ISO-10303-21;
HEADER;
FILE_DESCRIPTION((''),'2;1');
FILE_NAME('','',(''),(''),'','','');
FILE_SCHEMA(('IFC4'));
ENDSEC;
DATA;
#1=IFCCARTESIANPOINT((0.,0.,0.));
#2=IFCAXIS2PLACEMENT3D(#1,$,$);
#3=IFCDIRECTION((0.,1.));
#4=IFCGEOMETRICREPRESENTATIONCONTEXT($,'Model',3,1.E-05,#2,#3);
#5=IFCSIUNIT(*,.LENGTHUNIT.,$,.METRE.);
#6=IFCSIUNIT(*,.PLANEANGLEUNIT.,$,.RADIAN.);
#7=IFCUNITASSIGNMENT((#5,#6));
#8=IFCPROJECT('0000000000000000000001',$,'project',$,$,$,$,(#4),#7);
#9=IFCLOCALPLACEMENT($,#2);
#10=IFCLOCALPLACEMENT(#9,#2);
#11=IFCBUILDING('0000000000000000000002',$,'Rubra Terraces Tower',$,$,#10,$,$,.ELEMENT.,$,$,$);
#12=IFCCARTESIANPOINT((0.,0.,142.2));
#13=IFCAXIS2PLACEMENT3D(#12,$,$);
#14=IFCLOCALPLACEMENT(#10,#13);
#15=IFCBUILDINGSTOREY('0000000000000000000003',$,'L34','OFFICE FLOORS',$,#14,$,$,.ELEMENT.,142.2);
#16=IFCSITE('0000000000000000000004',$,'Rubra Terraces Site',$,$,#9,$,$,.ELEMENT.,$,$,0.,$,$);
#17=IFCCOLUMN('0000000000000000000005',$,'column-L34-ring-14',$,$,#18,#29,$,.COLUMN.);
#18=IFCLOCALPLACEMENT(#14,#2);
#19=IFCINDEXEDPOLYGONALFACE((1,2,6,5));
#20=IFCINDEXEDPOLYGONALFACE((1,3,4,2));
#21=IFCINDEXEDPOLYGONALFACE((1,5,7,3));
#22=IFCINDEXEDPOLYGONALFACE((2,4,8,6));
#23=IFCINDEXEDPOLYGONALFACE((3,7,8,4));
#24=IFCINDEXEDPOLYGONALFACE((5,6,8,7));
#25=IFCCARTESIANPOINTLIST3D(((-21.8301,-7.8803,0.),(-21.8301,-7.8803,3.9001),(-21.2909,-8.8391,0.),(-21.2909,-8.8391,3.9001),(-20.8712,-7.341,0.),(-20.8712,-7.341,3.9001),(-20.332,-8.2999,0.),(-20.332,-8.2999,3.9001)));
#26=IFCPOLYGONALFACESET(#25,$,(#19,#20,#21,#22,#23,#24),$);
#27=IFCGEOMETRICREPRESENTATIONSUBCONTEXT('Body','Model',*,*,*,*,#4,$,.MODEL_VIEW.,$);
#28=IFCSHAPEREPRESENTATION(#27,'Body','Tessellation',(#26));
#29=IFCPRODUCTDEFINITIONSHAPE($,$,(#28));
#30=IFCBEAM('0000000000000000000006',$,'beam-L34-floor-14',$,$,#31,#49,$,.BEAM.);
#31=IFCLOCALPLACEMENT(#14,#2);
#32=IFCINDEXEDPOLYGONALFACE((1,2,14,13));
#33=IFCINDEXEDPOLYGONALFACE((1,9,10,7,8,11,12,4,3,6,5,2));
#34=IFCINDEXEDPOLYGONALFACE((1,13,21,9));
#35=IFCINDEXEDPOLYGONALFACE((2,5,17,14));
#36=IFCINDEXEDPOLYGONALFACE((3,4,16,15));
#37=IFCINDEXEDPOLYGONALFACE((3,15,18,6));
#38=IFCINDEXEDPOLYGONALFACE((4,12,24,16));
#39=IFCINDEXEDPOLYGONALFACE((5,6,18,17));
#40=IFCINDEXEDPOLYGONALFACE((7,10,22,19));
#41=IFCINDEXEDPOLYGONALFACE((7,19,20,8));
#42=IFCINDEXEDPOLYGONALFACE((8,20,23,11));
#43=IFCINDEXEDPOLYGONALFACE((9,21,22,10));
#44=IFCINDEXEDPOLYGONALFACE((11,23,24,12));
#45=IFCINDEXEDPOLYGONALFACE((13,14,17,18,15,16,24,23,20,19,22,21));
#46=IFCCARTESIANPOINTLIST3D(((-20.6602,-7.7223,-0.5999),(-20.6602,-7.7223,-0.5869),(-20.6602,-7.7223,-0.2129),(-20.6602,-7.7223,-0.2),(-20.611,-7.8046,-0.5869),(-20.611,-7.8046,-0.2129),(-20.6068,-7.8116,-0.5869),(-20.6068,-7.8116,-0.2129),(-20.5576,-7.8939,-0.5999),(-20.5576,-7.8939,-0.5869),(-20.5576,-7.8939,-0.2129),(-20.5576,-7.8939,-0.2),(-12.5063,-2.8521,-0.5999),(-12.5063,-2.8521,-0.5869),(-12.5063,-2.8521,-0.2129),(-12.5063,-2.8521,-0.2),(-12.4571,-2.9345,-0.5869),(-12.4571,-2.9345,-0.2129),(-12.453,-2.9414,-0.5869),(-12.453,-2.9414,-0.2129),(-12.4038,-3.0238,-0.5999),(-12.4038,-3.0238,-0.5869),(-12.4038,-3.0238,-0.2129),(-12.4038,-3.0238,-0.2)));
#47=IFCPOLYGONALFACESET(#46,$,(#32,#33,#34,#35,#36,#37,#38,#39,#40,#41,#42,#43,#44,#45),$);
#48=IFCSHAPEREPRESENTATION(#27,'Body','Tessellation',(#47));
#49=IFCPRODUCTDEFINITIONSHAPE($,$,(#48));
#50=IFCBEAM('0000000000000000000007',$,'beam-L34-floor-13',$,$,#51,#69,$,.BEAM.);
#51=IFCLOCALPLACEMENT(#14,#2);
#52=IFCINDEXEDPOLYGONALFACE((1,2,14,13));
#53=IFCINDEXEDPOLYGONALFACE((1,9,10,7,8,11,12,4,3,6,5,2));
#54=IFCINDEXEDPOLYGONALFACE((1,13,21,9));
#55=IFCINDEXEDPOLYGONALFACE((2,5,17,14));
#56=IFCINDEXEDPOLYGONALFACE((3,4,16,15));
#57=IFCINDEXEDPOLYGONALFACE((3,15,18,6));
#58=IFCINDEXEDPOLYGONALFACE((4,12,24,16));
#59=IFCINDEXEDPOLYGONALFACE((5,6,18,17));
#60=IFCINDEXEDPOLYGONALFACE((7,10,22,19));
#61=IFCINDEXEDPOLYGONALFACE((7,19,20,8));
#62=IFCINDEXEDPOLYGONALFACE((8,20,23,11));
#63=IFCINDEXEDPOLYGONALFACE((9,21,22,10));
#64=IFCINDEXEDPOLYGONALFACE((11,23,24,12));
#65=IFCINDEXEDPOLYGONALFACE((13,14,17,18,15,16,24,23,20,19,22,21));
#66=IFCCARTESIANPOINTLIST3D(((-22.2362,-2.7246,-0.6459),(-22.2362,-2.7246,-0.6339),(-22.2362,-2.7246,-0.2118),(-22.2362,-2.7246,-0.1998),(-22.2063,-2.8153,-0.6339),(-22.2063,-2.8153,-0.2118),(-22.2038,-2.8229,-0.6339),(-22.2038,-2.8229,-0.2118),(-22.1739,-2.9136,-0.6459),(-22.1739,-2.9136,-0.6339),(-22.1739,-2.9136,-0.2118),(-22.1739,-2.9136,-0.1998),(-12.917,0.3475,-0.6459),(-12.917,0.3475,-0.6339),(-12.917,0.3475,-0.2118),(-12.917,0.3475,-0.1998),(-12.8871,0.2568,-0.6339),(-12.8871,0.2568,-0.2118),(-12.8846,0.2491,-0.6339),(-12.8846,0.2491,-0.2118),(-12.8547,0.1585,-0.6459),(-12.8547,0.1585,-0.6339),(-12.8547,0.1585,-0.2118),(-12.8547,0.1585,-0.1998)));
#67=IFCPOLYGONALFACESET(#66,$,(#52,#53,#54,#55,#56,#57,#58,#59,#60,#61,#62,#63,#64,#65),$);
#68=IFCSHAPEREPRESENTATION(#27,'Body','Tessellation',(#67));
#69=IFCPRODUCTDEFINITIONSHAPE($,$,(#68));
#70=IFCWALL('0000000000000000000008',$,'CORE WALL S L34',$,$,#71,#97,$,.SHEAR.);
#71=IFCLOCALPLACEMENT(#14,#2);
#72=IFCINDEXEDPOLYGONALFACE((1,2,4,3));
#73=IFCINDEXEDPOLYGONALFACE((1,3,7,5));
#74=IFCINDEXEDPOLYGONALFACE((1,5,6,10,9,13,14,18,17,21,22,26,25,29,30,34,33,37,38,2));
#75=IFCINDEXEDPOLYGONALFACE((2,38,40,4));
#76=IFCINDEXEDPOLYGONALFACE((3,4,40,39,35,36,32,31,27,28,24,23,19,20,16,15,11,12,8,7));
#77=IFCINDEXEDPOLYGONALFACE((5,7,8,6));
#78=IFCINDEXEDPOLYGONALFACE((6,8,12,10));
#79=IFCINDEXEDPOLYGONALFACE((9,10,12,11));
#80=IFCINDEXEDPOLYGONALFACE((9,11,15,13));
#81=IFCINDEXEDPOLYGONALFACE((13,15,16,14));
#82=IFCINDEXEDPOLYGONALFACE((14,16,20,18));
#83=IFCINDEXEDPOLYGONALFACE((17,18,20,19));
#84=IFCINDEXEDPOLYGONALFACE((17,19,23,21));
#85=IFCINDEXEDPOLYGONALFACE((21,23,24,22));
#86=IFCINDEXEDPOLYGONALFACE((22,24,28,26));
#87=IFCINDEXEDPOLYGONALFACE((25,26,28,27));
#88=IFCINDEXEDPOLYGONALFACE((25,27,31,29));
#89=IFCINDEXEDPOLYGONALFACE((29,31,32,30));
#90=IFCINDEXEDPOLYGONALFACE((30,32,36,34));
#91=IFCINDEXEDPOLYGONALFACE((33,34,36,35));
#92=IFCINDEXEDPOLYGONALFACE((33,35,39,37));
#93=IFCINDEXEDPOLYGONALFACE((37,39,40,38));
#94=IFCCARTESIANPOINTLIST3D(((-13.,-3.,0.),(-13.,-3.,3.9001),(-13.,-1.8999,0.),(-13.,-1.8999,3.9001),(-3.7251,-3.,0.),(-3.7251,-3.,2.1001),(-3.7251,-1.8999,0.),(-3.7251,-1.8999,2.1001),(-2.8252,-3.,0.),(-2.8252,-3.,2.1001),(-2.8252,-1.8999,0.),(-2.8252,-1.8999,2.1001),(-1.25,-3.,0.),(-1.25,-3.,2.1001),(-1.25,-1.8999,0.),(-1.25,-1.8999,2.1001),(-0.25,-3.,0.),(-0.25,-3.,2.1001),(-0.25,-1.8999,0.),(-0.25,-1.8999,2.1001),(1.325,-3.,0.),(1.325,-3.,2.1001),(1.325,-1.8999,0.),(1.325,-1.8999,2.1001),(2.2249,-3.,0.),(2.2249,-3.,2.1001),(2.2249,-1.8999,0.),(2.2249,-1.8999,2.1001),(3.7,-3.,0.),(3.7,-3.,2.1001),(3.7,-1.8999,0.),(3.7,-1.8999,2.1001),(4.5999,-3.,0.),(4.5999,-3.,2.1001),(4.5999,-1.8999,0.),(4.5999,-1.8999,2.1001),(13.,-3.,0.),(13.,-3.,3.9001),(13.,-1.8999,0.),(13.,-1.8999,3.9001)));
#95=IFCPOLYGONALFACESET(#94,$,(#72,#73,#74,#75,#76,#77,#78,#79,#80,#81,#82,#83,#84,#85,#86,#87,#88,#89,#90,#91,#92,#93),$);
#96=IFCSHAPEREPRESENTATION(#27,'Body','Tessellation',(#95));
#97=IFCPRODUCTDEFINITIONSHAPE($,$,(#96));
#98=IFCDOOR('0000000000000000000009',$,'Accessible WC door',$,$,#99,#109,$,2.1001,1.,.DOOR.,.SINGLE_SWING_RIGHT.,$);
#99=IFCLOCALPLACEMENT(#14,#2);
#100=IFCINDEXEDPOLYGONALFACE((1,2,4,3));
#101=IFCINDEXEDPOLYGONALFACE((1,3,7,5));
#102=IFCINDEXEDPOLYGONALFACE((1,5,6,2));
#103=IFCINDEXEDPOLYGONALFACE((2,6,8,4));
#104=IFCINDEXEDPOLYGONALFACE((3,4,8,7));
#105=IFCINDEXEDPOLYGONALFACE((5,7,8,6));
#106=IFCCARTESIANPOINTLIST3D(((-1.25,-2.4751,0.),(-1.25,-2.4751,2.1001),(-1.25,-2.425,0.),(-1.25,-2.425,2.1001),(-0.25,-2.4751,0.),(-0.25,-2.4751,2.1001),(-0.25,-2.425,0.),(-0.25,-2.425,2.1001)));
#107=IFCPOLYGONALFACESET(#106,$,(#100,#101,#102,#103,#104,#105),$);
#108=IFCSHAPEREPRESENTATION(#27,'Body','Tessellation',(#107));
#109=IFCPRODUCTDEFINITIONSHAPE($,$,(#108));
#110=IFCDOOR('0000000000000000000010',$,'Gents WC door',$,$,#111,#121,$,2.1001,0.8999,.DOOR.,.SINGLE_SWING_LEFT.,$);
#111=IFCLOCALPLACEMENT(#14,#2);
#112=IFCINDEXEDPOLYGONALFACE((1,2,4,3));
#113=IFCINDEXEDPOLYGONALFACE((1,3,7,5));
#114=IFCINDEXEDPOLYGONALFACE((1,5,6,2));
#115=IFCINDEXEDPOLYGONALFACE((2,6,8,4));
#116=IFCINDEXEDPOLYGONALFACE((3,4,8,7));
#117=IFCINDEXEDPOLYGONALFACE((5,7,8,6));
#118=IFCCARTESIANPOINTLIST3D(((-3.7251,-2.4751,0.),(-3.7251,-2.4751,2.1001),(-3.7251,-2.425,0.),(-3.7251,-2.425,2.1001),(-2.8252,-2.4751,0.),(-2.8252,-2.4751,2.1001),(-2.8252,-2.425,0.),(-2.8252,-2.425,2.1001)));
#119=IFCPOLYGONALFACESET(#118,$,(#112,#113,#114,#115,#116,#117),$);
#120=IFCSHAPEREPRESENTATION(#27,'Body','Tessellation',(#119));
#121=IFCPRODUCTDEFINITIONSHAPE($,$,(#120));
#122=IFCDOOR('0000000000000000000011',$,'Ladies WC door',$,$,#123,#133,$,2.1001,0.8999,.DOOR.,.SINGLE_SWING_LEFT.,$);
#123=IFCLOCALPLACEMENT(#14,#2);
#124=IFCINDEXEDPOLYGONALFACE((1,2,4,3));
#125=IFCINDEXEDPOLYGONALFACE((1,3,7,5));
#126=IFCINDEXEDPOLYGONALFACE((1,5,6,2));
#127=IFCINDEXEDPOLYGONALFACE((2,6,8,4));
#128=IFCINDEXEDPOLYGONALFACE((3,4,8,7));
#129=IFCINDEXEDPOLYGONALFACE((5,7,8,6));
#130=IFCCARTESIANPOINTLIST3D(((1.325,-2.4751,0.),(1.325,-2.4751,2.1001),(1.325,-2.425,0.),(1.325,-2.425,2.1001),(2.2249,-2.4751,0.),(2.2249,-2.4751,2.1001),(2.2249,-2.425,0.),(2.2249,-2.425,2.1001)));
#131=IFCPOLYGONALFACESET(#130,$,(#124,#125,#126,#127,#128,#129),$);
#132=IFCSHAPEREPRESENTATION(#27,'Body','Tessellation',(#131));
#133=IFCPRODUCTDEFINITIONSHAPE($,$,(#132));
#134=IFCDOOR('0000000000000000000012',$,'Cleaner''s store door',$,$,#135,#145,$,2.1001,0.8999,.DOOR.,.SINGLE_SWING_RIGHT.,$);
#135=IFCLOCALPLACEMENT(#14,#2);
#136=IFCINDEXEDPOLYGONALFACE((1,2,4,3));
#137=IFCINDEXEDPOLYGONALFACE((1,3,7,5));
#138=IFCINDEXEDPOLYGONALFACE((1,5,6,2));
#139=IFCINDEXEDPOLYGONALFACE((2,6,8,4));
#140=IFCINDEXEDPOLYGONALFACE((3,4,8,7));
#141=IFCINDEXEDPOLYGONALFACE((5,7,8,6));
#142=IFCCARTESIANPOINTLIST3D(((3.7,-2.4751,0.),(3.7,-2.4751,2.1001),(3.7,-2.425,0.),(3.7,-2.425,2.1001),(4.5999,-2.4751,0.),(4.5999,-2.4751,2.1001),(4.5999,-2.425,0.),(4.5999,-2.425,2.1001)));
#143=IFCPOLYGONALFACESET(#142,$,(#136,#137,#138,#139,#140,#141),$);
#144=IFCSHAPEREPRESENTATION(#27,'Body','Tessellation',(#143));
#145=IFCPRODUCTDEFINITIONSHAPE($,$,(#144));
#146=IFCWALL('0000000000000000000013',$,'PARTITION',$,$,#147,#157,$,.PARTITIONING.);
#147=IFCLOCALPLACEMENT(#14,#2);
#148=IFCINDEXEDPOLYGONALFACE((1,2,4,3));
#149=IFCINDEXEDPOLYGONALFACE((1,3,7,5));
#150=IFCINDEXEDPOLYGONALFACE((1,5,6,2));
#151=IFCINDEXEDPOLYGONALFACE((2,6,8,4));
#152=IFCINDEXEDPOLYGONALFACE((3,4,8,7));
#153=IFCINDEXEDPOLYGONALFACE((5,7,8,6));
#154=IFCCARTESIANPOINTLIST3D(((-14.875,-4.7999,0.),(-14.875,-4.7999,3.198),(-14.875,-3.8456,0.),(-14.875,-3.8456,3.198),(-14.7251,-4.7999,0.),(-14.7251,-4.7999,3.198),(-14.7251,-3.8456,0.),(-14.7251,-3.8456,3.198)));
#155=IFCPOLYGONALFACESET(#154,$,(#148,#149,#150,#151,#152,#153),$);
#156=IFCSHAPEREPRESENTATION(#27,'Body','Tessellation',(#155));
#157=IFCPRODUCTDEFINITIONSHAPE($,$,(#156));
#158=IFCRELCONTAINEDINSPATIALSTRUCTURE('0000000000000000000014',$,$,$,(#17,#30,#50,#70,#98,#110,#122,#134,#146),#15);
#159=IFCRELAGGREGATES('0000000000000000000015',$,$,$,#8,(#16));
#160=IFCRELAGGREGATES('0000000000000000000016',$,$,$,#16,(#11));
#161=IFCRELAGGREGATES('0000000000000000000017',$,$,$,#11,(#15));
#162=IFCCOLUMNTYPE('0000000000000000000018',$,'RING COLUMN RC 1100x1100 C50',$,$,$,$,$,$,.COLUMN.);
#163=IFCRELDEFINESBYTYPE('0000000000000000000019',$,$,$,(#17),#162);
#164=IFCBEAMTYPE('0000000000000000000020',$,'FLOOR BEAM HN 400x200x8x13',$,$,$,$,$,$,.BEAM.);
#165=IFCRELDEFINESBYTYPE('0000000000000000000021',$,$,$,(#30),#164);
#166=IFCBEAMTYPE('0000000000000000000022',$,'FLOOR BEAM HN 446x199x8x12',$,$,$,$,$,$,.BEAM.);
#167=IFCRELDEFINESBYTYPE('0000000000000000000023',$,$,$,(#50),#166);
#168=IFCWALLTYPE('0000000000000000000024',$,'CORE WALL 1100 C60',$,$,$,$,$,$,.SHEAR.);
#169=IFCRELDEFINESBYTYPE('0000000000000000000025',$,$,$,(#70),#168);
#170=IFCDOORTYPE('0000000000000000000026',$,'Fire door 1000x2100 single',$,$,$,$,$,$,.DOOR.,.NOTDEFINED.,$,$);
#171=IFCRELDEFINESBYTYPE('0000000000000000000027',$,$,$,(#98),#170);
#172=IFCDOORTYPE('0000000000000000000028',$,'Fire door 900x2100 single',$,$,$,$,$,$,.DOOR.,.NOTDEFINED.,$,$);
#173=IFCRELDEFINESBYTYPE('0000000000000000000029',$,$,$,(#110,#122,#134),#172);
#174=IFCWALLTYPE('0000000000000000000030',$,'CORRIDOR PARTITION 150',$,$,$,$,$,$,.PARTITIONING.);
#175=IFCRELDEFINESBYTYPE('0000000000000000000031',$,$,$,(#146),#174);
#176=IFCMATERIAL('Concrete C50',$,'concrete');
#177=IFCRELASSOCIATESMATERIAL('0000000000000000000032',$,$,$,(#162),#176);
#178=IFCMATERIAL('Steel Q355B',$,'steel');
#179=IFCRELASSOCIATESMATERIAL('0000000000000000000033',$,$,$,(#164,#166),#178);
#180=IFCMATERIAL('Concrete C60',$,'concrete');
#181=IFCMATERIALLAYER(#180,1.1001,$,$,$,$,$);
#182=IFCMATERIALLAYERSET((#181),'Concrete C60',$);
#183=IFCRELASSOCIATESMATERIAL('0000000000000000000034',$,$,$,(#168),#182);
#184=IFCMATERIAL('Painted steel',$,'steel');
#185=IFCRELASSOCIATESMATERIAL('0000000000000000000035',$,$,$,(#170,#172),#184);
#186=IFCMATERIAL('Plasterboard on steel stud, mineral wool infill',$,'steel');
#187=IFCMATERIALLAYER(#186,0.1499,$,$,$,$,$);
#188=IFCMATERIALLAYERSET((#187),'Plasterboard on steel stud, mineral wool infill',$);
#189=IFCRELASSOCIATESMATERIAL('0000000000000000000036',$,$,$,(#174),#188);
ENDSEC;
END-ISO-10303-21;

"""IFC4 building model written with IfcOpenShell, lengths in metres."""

from ifc_helpers import new_model, si_unit, direction, frame, frame_2d, origin, origin_2d, place, context, subcontext, project, spatial, rectangle, i_section, extrude, material, layer, layer_set, material_profile, profile_set, type_object, element, fill, save


model = new_model("IFC4")

# Units and contexts
model_context = context("Model", 3, precision=1e-05, world=origin(), true_north=direction((0.0, 1.0)))
body_context = subcontext(model_context, "Body", "Model", "MODEL_VIEW")
ifc_project = project(units=[si_unit("LENGTHUNIT", "METRE"), si_unit("PLANEANGLEUNIT", "RADIAN")], contexts=[model_context])

# Site, building, storey
site_placement = place(None, origin())
site = spatial("IfcSite", under=ifc_project, at=site_placement, Name="Rubra Terraces Site", CompositionType="ELEMENT", RefElevation=0.0)
building_placement = place(site_placement, origin())
building = spatial("IfcBuilding", under=site, at=building_placement, Name="Rubra Terraces Tower", CompositionType="ELEMENT")
storey_placement = place(building_placement, frame((0.0, 0.0, 142.2)))
storey = spatial("IfcBuildingStorey", under=building, at=storey_placement, Name="L34", Description="OFFICE FLOORS", CompositionType="ELEMENT", Elevation=142.2)

# Column
ifc_material_1 = material(Name="Concrete C50", Category="concrete")
ifc_material_profile_1 = material_profile(ifc_material_1, rectangle(XDim=1.1001, YDim=1.1001, at=origin_2d()), Name="RC 1100x1100")
ifc_profile_set_1 = profile_set([ifc_material_profile_1], Name="Concrete C50")
column_type = type_object("IfcColumnType", Name="RING COLUMN RC 1100x1100 C50", PredefinedType="COLUMN", material=ifc_profile_set_1)
column_placement = place(storey_placement, frame((-21.0811, -8.0901, 0.0), z_axis=(0.0, 0.0, 1.0), x_axis=(0.490162, -0.871631, 0.0)))
element("IfcColumn", 1, at=column_placement, inside=storey, type_object=column_type, Name="column-L34-ring-14", PredefinedType="COLUMN", context=body_context, shape_type="SweptSolid", body=[
    extrude(rectangle(XDim=1.1001, YDim=1.1001, at=origin_2d()), origin(), (0.0, 0.0, 1.0), 3.9001),
])

# Beams
ifc_material_2 = material(Name="Steel Q355B", Category="steel")
ifc_material_profile_2 = material_profile(ifc_material_2, i_section(OverallWidth=0.2, OverallDepth=0.3999, WebThickness=0.0081, FlangeThickness=0.0129, at=origin_2d()), Name="HN 400x200x8x13")
ifc_profile_set_2 = profile_set([ifc_material_profile_2], Name="Steel Q355B")
beam_type_1 = type_object("IfcBeamType", Name="FLOOR BEAM HN 400x200x8x13", PredefinedType="BEAM", material=ifc_profile_set_2)
beam_1_placement = place(storey_placement, frame((-20.6089, -7.8081, -0.3999), z_axis=(0.858521, 0.512778, 0.0), x_axis=(-0.512778, 0.858521, 0.0)))
element("IfcBeam", 2, at=beam_1_placement, inside=storey, type_object=beam_type_1, Name="beam-L34-floor-14", PredefinedType="BEAM", context=body_context, shape_type="SweptSolid", body=[
    extrude(i_section(OverallWidth=0.2, OverallDepth=0.3999, WebThickness=0.0081, FlangeThickness=0.0129, at=origin_2d()), origin(), (0.0, 0.0, 1.0), 9.4976),
])
ifc_material_profile_3 = material_profile(ifc_material_2, i_section(OverallWidth=0.199, OverallDepth=0.446, WebThickness=0.0081, FlangeThickness=0.012, at=origin_2d()), Name="HN 446x199x8x12")
ifc_profile_set_3 = profile_set([ifc_material_profile_3], Name="Steel Q355B")
beam_type_2 = type_object("IfcBeamType", Name="FLOOR BEAM HN 446x199x8x12", PredefinedType="BEAM", material=ifc_profile_set_3)
beam_2_placement = place(storey_placement, frame((-22.2051, -2.8191, -0.4229), z_axis=(0.949728, 0.313076, 0.0), x_axis=(-0.313076, 0.949728, 0.0)))
element("IfcBeam", 3, at=beam_2_placement, inside=storey, type_object=beam_type_2, Name="beam-L34-floor-13", PredefinedType="BEAM", context=body_context, shape_type="SweptSolid", body=[
    extrude(i_section(OverallWidth=0.199, OverallDepth=0.446, WebThickness=0.0081, FlangeThickness=0.012, at=origin_2d()), origin(), (0.0, 0.0, 1.0), 9.8125),
])

# Wall, openings, doors
ifc_material_3 = material(Name="Concrete C60", Category="concrete")
ifc_layer_1 = layer(ifc_material_3, 1.1001)
ifc_layer_set_1 = layer_set([ifc_layer_1], Name="Concrete C60")
wall_type_1 = type_object("IfcWallType", Name="CORE WALL 1100 C60", PredefinedType="SHEAR", material=ifc_layer_set_1)
wall_1_placement = place(storey_placement, frame((-13.0, -2.45, 0.0), z_axis=(0.0, 0.0, 1.0), x_axis=(1.0, 0.0, 0.0)))
wall_1 = element("IfcWall", 4, at=wall_1_placement, inside=storey, type_object=wall_type_1, Name="CORE WALL S L34", PredefinedType="SHEAR", context=body_context, shape_type="SweptSolid", body=[
    extrude(rectangle(XDim=26.0, YDim=1.1001, at=frame_2d((13.0, 0.0))), origin(), (0.0, 0.0, 1.0), 3.9001),
])
opening_1_placement = place(wall_1_placement, frame((9.2749, 0.0, 0.0)))
opening_1 = element("IfcOpeningElement", 5, at=opening_1_placement, cuts=wall_1, PredefinedType="OPENING", context=body_context, shape_type="SweptSolid", body=[
    extrude(rectangle(XDim=0.8999, YDim=2.1001, at=frame_2d((0.45, 1.05))), frame((0.0, 0.5601, 0.0), z_axis=(0.0, -1.0, 0.0), x_axis=(1.0, 0.0, 0.0)), (0.0, 0.0, 1.0), 1.1201),
])
opening_2_placement = place(wall_1_placement, frame((11.75, 0.0, 0.0)))
opening_2 = element("IfcOpeningElement", 6, at=opening_2_placement, cuts=wall_1, PredefinedType="OPENING", context=body_context, shape_type="SweptSolid", body=[
    extrude(rectangle(XDim=1.0, YDim=2.1001, at=frame_2d((0.5, 1.05))), frame((0.0, 0.5601, 0.0), z_axis=(0.0, -1.0, 0.0), x_axis=(1.0, 0.0, 0.0)), (0.0, 0.0, 1.0), 1.1201),
])
opening_3_placement = place(wall_1_placement, frame((14.325, 0.0, 0.0)))
opening_3 = element("IfcOpeningElement", 7, at=opening_3_placement, cuts=wall_1, PredefinedType="OPENING", context=body_context, shape_type="SweptSolid", body=[
    extrude(rectangle(XDim=0.8999, YDim=2.1001, at=frame_2d((0.45, 1.05))), frame((0.0, 0.5601, 0.0), z_axis=(0.0, -1.0, 0.0), x_axis=(1.0, 0.0, 0.0)), (0.0, 0.0, 1.0), 1.1201),
])
opening_4_placement = place(wall_1_placement, frame((16.7, 0.0, 0.0)))
opening_4 = element("IfcOpeningElement", 8, at=opening_4_placement, cuts=wall_1, PredefinedType="OPENING", context=body_context, shape_type="SweptSolid", body=[
    extrude(rectangle(XDim=0.8999, YDim=2.1001, at=frame_2d((0.45, 1.05))), frame((0.0, 0.5601, 0.0), z_axis=(0.0, -1.0, 0.0), x_axis=(1.0, 0.0, 0.0)), (0.0, 0.0, 1.0), 1.1201),
])
ifc_material_4 = material(Name="Painted steel", Category="steel")
door_type_1 = type_object("IfcDoorType", Name="Fire door 1000x2100 single", OperationType="NOTDEFINED", PredefinedType="DOOR", material=ifc_material_4)
door_1_placement = place(opening_2_placement, origin())
door_1 = element("IfcDoor", 9, at=door_1_placement, inside=storey, type_object=door_type_1, Name="Accessible WC door", OperationType="SINGLE_SWING_RIGHT", OverallHeight=2.1001, OverallWidth=1.0, PredefinedType="DOOR", context=body_context, shape_type="SweptSolid", body=[
    extrude(rectangle(XDim=1.0, YDim=2.1001, at=frame_2d((0.5, 1.05))), frame((0.0, 0.0249, 0.0), z_axis=(0.0, -1.0, 0.0), x_axis=(1.0, 0.0, 0.0)), (0.0, 0.0, 1.0), 0.05),
])
fill(opening_2, door_1)
door_type_2 = type_object("IfcDoorType", Name="Fire door 900x2100 single", OperationType="NOTDEFINED", PredefinedType="DOOR", material=ifc_material_4)
door_2_placement = place(opening_1_placement, origin())
door_2 = element("IfcDoor", 10, at=door_2_placement, inside=storey, type_object=door_type_2, Name="Gents WC door", OperationType="SINGLE_SWING_LEFT", OverallHeight=2.1001, OverallWidth=0.8999, PredefinedType="DOOR", context=body_context, shape_type="SweptSolid", body=[
    extrude(rectangle(XDim=0.8999, YDim=2.1001, at=frame_2d((0.45, 1.05))), frame((0.0, 0.0249, 0.0), z_axis=(0.0, -1.0, 0.0), x_axis=(1.0, 0.0, 0.0)), (0.0, 0.0, 1.0), 0.05),
])
fill(opening_1, door_2)
door_3_placement = place(opening_3_placement, origin())
door_3 = element("IfcDoor", 11, at=door_3_placement, inside=storey, type_object=door_type_2, Name="Ladies WC door", OperationType="SINGLE_SWING_LEFT", OverallHeight=2.1001, OverallWidth=0.8999, PredefinedType="DOOR", context=body_context, shape_type="SweptSolid", body=[
    extrude(rectangle(XDim=0.8999, YDim=2.1001, at=frame_2d((0.45, 1.05))), frame((0.0, 0.0249, 0.0), z_axis=(0.0, -1.0, 0.0), x_axis=(1.0, 0.0, 0.0)), (0.0, 0.0, 1.0), 0.05),
])
fill(opening_3, door_3)
door_4_placement = place(opening_4_placement, origin())
door_4 = element("IfcDoor", 12, at=door_4_placement, inside=storey, type_object=door_type_2, Name="Cleaner's store door", OperationType="SINGLE_SWING_RIGHT", OverallHeight=2.1001, OverallWidth=0.8999, PredefinedType="DOOR", context=body_context, shape_type="SweptSolid", body=[
    extrude(rectangle(XDim=0.8999, YDim=2.1001, at=frame_2d((0.45, 1.05))), frame((0.0, 0.0249, 0.0), z_axis=(0.0, -1.0, 0.0), x_axis=(1.0, 0.0, 0.0)), (0.0, 0.0, 1.0), 0.05),
])
fill(opening_4, door_4)

# Wall
ifc_material_5 = material(Name="Plasterboard on steel stud, mineral wool infill", Category="steel")
ifc_layer_2 = layer(ifc_material_5, 0.1499)
ifc_layer_set_2 = layer_set([ifc_layer_2], Name="Plasterboard on steel stud, mineral wool infill")
wall_type_2 = type_object("IfcWallType", Name="CORRIDOR PARTITION 150", PredefinedType="PARTITIONING", material=ifc_layer_set_2)
wall_2_placement = place(storey_placement, frame((-14.8, -3.8457, 0.0), z_axis=(0.0, 0.0, 1.0), x_axis=(0.0, -1.0, 0.0)))
element("IfcWall", 13, at=wall_2_placement, inside=storey, type_object=wall_type_2, Name="PARTITION", PredefinedType="PARTITIONING", context=body_context, shape_type="SweptSolid", body=[
    extrude(rectangle(XDim=0.9543, YDim=0.1499, at=frame_2d((0.4771, 0.0))), origin(), (0.0, 0.0, 1.0), 3.198),
])

save(model, "model.ifc")
